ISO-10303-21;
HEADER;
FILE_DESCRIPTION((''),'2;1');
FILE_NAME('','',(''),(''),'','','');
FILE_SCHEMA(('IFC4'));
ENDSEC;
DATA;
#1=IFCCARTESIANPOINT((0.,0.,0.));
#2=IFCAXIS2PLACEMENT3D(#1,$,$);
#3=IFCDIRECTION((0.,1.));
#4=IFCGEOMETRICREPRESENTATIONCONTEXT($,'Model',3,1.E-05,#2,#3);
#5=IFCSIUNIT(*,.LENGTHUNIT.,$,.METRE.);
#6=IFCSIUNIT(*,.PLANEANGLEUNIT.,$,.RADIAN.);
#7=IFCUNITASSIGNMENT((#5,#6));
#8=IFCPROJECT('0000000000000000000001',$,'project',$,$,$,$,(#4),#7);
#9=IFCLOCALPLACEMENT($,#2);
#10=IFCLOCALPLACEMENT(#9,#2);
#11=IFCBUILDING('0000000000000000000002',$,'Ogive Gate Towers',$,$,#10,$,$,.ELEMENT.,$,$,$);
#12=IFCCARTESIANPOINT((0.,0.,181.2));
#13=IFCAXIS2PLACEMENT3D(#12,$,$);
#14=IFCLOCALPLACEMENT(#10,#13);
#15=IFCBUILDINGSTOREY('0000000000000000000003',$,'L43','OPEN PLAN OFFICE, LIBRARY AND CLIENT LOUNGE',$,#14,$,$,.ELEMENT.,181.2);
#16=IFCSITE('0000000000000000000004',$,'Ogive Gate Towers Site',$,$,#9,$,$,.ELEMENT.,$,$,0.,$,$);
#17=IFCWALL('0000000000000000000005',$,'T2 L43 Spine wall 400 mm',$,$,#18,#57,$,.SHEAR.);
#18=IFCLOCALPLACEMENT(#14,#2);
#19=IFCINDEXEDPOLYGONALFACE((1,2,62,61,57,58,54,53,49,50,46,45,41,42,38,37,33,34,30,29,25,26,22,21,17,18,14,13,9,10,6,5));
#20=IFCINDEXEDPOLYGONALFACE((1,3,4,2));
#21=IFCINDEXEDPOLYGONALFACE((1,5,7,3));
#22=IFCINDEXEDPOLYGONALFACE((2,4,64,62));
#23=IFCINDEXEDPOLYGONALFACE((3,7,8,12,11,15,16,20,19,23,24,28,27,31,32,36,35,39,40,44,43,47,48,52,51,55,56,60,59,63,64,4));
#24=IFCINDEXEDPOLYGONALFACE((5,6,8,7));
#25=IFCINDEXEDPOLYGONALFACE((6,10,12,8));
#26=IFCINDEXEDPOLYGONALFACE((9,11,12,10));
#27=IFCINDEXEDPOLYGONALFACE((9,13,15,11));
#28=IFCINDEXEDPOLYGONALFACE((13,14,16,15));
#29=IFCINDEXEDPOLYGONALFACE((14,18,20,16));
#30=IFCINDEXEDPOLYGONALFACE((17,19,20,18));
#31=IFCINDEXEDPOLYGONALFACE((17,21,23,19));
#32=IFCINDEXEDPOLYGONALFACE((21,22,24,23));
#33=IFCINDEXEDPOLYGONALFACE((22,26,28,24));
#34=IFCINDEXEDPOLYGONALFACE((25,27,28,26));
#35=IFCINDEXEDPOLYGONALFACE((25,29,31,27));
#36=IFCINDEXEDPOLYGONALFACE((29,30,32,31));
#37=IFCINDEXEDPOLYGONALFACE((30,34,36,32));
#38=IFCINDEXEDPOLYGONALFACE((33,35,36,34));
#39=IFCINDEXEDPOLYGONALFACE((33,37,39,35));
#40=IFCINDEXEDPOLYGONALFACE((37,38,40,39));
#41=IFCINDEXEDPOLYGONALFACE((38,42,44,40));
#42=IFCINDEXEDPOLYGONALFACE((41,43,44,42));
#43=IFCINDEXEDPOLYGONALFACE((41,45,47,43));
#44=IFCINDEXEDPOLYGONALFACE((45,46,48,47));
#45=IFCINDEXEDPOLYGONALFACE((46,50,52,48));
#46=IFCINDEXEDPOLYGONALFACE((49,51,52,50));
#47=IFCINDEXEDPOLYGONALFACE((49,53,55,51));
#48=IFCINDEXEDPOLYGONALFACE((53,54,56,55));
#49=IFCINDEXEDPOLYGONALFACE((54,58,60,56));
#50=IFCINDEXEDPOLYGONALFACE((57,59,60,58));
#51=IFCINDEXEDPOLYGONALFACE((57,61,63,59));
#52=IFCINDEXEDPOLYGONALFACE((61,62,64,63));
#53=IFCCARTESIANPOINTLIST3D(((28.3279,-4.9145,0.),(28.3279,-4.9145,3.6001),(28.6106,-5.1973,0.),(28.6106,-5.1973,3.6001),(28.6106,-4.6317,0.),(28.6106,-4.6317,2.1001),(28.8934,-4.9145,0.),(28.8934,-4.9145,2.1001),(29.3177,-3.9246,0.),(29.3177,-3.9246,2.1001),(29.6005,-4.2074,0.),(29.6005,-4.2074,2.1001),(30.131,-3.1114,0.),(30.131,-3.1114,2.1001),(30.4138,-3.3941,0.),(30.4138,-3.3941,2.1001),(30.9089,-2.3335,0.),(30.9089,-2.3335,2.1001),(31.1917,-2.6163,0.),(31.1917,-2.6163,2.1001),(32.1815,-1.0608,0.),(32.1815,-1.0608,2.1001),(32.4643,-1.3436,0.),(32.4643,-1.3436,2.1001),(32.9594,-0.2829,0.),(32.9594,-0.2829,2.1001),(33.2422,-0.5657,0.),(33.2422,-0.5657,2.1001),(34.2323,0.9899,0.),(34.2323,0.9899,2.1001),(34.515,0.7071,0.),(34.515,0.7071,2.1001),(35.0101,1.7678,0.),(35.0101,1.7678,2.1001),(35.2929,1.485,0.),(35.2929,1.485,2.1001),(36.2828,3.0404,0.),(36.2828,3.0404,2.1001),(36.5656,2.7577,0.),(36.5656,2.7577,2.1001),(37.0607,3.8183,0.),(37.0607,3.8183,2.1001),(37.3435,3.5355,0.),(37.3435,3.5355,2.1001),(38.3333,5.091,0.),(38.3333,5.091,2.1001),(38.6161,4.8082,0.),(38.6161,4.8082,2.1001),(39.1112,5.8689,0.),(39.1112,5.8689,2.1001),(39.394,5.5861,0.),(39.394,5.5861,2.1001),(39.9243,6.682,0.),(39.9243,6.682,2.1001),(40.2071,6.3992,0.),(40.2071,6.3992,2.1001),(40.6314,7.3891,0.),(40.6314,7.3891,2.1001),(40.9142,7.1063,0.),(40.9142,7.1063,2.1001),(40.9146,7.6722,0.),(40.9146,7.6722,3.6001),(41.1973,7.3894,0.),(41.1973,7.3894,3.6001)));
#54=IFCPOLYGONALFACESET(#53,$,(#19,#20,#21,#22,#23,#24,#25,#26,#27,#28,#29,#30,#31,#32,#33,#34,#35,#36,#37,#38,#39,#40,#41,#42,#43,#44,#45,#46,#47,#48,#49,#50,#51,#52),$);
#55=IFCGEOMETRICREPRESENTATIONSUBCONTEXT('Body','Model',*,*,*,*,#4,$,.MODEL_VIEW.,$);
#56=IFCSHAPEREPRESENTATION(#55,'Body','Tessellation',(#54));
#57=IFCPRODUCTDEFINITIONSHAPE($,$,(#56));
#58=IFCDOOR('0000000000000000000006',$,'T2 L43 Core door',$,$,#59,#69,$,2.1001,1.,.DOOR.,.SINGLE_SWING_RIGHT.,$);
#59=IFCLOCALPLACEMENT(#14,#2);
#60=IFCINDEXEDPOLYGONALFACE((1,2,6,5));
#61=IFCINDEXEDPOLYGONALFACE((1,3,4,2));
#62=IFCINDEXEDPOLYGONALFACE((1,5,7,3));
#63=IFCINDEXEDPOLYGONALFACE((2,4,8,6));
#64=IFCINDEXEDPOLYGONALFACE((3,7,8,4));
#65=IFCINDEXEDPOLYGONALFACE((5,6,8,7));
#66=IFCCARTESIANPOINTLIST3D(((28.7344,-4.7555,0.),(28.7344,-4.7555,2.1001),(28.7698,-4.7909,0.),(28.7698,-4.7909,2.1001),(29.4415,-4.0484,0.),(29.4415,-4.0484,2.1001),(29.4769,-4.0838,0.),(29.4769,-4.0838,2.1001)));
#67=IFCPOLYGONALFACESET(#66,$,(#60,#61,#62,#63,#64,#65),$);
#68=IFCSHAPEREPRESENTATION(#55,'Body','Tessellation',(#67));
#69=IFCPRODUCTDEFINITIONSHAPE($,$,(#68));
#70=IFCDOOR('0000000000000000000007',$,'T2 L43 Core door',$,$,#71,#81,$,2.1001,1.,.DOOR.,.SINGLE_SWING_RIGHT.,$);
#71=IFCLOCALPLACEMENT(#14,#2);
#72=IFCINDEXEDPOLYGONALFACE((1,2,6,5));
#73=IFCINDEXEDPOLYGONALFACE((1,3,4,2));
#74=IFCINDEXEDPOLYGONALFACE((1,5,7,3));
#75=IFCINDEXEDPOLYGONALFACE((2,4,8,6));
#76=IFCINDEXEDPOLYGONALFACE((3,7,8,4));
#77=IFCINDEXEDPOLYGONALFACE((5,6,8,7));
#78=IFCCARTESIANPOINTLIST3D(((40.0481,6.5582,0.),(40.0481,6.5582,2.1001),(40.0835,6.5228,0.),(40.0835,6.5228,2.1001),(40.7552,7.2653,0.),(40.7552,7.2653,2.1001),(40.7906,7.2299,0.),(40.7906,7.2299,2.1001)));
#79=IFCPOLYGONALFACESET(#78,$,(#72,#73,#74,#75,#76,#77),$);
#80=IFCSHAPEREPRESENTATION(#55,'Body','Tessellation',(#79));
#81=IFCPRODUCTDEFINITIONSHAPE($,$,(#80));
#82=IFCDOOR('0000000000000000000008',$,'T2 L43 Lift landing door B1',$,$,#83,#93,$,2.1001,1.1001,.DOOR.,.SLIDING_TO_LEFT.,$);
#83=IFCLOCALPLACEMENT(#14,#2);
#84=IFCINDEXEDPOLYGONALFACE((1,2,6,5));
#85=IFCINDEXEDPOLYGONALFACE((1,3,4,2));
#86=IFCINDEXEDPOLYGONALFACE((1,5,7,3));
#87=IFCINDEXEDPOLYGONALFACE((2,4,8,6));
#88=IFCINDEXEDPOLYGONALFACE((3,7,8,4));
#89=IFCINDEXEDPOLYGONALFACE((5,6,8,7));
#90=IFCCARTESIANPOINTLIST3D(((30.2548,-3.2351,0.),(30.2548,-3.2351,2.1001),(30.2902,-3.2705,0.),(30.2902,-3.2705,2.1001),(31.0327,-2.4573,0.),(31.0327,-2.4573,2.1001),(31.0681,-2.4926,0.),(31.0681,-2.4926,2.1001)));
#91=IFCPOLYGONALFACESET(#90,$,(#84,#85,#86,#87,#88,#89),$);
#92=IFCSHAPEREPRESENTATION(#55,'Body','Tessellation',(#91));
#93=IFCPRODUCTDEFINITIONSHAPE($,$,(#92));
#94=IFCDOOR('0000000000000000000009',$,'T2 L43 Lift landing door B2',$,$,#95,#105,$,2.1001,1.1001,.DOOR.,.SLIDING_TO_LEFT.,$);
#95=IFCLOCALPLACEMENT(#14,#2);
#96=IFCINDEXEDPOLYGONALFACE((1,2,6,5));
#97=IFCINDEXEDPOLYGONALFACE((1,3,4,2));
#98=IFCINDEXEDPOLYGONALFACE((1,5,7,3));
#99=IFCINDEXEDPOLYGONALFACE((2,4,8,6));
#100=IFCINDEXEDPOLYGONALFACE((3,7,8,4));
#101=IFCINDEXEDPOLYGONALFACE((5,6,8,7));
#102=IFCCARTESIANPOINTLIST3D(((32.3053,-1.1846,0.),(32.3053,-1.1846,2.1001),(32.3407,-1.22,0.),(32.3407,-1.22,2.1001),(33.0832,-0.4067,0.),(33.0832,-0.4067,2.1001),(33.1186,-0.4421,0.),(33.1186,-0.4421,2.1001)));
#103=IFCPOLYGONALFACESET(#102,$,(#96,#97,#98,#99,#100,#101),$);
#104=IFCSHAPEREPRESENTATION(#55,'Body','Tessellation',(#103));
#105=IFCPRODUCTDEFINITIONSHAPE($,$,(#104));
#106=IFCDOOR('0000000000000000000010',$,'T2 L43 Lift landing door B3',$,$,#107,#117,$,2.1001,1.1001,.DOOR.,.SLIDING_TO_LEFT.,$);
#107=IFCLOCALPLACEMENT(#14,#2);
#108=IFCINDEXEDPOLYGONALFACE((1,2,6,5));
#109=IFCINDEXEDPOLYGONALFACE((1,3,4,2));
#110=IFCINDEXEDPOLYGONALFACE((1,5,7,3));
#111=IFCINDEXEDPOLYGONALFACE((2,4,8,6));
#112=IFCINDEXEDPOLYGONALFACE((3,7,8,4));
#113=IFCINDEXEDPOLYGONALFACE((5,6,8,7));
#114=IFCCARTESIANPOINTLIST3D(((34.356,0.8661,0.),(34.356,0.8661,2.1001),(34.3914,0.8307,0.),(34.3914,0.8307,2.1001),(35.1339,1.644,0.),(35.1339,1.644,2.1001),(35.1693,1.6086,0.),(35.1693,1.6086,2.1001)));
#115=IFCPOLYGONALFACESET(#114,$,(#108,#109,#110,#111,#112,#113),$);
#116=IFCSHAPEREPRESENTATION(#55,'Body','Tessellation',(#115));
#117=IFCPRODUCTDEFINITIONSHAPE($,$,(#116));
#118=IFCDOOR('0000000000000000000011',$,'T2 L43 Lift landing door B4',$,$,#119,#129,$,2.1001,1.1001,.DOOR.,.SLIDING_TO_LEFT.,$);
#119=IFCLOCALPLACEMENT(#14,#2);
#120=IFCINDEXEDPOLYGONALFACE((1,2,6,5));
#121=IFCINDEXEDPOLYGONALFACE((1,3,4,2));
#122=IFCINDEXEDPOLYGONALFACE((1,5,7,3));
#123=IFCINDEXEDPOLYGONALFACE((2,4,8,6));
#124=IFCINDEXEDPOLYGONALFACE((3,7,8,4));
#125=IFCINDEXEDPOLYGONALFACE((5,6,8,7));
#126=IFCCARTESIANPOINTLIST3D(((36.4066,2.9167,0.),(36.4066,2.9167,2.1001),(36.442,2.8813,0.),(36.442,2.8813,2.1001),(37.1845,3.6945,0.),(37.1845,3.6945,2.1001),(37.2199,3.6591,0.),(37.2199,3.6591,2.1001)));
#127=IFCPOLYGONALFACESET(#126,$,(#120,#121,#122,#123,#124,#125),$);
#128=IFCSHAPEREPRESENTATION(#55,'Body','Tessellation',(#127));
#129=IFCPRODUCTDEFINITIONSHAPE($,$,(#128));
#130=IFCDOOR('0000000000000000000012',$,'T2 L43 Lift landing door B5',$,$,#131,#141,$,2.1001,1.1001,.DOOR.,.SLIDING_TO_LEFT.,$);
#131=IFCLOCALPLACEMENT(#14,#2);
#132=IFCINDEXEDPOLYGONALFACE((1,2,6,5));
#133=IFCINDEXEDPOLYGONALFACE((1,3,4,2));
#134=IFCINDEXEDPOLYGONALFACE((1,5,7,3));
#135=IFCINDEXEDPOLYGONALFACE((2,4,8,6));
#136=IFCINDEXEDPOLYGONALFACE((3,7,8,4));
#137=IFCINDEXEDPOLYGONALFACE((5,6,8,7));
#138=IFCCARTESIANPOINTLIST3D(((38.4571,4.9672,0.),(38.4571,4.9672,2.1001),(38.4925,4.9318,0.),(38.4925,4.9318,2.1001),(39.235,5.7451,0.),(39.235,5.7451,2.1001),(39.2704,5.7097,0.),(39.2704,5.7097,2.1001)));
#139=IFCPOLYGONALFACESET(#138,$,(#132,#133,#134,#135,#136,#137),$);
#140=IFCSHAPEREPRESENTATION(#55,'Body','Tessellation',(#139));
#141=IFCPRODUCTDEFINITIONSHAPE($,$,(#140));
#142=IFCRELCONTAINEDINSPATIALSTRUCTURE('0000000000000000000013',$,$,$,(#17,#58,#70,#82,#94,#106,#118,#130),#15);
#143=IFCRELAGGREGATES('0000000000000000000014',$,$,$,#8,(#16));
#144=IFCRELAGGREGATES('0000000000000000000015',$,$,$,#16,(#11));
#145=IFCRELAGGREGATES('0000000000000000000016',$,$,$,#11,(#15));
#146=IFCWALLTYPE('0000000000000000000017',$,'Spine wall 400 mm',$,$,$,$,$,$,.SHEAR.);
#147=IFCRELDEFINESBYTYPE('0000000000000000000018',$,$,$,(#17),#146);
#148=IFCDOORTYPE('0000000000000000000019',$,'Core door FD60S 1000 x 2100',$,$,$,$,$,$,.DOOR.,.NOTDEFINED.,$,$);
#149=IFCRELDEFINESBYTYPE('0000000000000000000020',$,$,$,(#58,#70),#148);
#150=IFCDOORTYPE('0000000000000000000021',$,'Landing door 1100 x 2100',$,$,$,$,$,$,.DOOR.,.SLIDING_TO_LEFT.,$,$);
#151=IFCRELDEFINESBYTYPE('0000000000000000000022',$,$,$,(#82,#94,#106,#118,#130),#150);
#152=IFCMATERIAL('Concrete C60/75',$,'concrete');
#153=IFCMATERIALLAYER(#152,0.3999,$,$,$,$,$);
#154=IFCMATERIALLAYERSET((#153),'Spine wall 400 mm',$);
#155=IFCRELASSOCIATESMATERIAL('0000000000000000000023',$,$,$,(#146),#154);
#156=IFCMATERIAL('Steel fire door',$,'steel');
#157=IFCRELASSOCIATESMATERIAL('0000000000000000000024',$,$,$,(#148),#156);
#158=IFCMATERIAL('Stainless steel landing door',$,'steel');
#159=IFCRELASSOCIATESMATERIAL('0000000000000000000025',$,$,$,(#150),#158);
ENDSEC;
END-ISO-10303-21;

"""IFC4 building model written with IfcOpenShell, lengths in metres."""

from ifc_helpers import new_model, si_unit, direction, frame, frame_2d, origin, place, context, subcontext, project, spatial, rectangle, extrude, material, layer, layer_set, type_object, element, fill, save


model = new_model("IFC4")

# Units and contexts
model_context = context("Model", 3, precision=1e-05, world=origin(), true_north=direction((0.0, 1.0)))
body_context = subcontext(model_context, "Body", "Model", "MODEL_VIEW")
ifc_project = project(units=[si_unit("LENGTHUNIT", "METRE"), si_unit("PLANEANGLEUNIT", "RADIAN")], contexts=[model_context])

# Site, building, storey
site_placement = place(None, origin())
site = spatial("IfcSite", under=ifc_project, at=site_placement, Name="Ogive Gate Towers Site", CompositionType="ELEMENT", RefElevation=0.0)
building_placement = place(site_placement, origin())
building = spatial("IfcBuilding", under=site, at=building_placement, Name="Ogive Gate Towers", CompositionType="ELEMENT")
storey_placement = place(building_placement, frame((0.0, 0.0, 181.2)))
storey = spatial("IfcBuildingStorey", under=building, at=storey_placement, Name="L43", Description="OPEN PLAN OFFICE, LIBRARY AND CLIENT LOUNGE", CompositionType="ELEMENT", Elevation=181.2)

# Shared definitions
ifc_material_1 = material(Name="Concrete C60/75", Category="concrete")

# Wall, openings, doors
ifc_layer_1 = layer(ifc_material_1, 0.3999)
ifc_layer_set_1 = layer_set([ifc_layer_1], Name="Spine wall 400 mm")
wall_type_1 = type_object("IfcWallType", Name="Spine wall 400 mm", PredefinedType="SHEAR", material=ifc_layer_set_1)
ifc_material_2 = material(Name="Steel fire door", Category="steel")
door_type_1 = type_object("IfcDoorType", Name="Core door FD60S 1000 x 2100", OperationType="NOTDEFINED", PredefinedType="DOOR", material=ifc_material_2)
ifc_material_3 = material(Name="Stainless steel landing door", Category="steel")
door_type_2 = type_object("IfcDoorType", Name="Landing door 1100 x 2100", OperationType="SLIDING_TO_LEFT", PredefinedType="DOOR", material=ifc_material_3)
wall_1_placement = place(storey_placement, frame((28.4692, -5.0559, 0.0), z_axis=(0.0, 0.0, 1.0), x_axis=(0.707107, 0.707107, 0.0)))
wall_1 = element("IfcWall", 1, at=wall_1_placement, inside=storey, type_object=wall_type_1, Name="T2 L43 Spine wall 400 mm", PredefinedType="SHEAR", context=body_context, shape_type="SweptSolid", body=[
    extrude(rectangle(XDim=17.8003, YDim=0.3999, at=frame_2d((8.9001, 0.0))), origin(), (0.0, 0.0, 1.0), 3.6001),
])
opening_1_placement = place(wall_1_placement, frame((0.3999, 0.0, 0.0)))
opening_1 = element("IfcOpeningElement", 2, at=opening_1_placement, cuts=wall_1, PredefinedType="OPENING", context=body_context, shape_type="SweptSolid", body=[
    extrude(rectangle(XDim=1.0, YDim=2.1001, at=frame_2d((0.5, 1.05))), frame((0.0, 0.21, 0.0), z_axis=(0.0, -1.0, 0.0), x_axis=(1.0, 0.0, 0.0)), (0.0, 0.0, 1.0), 0.4199),
])
opening_2_placement = place(wall_1_placement, frame((2.55, 0.0, 0.0)))
opening_2 = element("IfcOpeningElement", 3, at=opening_2_placement, cuts=wall_1, PredefinedType="OPENING", context=body_context, shape_type="SweptSolid", body=[
    extrude(rectangle(XDim=1.1001, YDim=2.1001, at=frame_2d((0.55, 1.05))), frame((0.0, 0.21, 0.0), z_axis=(0.0, -1.0, 0.0), x_axis=(1.0, 0.0, 0.0)), (0.0, 0.0, 1.0), 0.4199),
])
opening_3_placement = place(wall_1_placement, frame((5.45, 0.0, 0.0)))
opening_3 = element("IfcOpeningElement", 4, at=opening_3_placement, cuts=wall_1, PredefinedType="OPENING", context=body_context, shape_type="SweptSolid", body=[
    extrude(rectangle(XDim=1.1001, YDim=2.1001, at=frame_2d((0.55, 1.05))), frame((0.0, 0.21, 0.0), z_axis=(0.0, -1.0, 0.0), x_axis=(1.0, 0.0, 0.0)), (0.0, 0.0, 1.0), 0.4199),
])
opening_4_placement = place(wall_1_placement, frame((8.3501, 0.0, 0.0)))
opening_4 = element("IfcOpeningElement", 5, at=opening_4_placement, cuts=wall_1, PredefinedType="OPENING", context=body_context, shape_type="SweptSolid", body=[
    extrude(rectangle(XDim=1.1001, YDim=2.1001, at=frame_2d((0.55, 1.05))), frame((0.0, 0.21, 0.0), z_axis=(0.0, -1.0, 0.0), x_axis=(1.0, 0.0, 0.0)), (0.0, 0.0, 1.0), 0.4199),
])
opening_5_placement = place(wall_1_placement, frame((11.25, 0.0, 0.0)))
opening_5 = element("IfcOpeningElement", 6, at=opening_5_placement, cuts=wall_1, PredefinedType="OPENING", context=body_context, shape_type="SweptSolid", body=[
    extrude(rectangle(XDim=1.1001, YDim=2.1001, at=frame_2d((0.55, 1.05))), frame((0.0, 0.21, 0.0), z_axis=(0.0, -1.0, 0.0), x_axis=(1.0, 0.0, 0.0)), (0.0, 0.0, 1.0), 0.4199),
])
opening_6_placement = place(wall_1_placement, frame((14.1499, 0.0, 0.0)))
opening_6 = element("IfcOpeningElement", 7, at=opening_6_placement, cuts=wall_1, PredefinedType="OPENING", context=body_context, shape_type="SweptSolid", body=[
    extrude(rectangle(XDim=1.1001, YDim=2.1001, at=frame_2d((0.55, 1.05))), frame((0.0, 0.21, 0.0), z_axis=(0.0, -1.0, 0.0), x_axis=(1.0, 0.0, 0.0)), (0.0, 0.0, 1.0), 0.4199),
])
opening_7_placement = place(wall_1_placement, frame((16.3999, 0.0, 0.0)))
opening_7 = element("IfcOpeningElement", 8, at=opening_7_placement, cuts=wall_1, PredefinedType="OPENING", context=body_context, shape_type="SweptSolid", body=[
    extrude(rectangle(XDim=1.0, YDim=2.1001, at=frame_2d((0.5, 1.05))), frame((0.0, 0.21, 0.0), z_axis=(0.0, -1.0, 0.0), x_axis=(1.0, 0.0, 0.0)), (0.0, 0.0, 1.0), 0.4199),
])
door_1_placement = place(opening_1_placement, origin())
door_1 = element("IfcDoor", 9, at=door_1_placement, inside=storey, type_object=door_type_1, Name="T2 L43 Core door", OperationType="SINGLE_SWING_RIGHT", OverallHeight=2.1001, OverallWidth=1.0, PredefinedType="DOOR", context=body_context, shape_type="SweptSolid", body=[
    extrude(rectangle(XDim=1.0, YDim=2.1001, at=frame_2d((0.5, 1.05))), frame((0.0, 0.0249, 0.0), z_axis=(0.0, -1.0, 0.0), x_axis=(1.0, 0.0, 0.0)), (0.0, 0.0, 1.0), 0.05),
])
fill(opening_1, door_1)
door_2_placement = place(opening_7_placement, origin())
door_2 = element("IfcDoor", 10, at=door_2_placement, inside=storey, type_object=door_type_1, Name="T2 L43 Core door", OperationType="SINGLE_SWING_RIGHT", OverallHeight=2.1001, OverallWidth=1.0, PredefinedType="DOOR", context=body_context, shape_type="SweptSolid", body=[
    extrude(rectangle(XDim=1.0, YDim=2.1001, at=frame_2d((0.5, 1.05))), frame((0.0, 0.0249, 0.0), z_axis=(0.0, -1.0, 0.0), x_axis=(1.0, 0.0, 0.0)), (0.0, 0.0, 1.0), 0.05),
])
fill(opening_7, door_2)
door_3_placement = place(opening_2_placement, origin())
door_3 = element("IfcDoor", 11, at=door_3_placement, inside=storey, type_object=door_type_2, Name="T2 L43 Lift landing door B1", OperationType="SLIDING_TO_LEFT", OverallHeight=2.1001, OverallWidth=1.1001, PredefinedType="DOOR", context=body_context, shape_type="SweptSolid", body=[
    extrude(rectangle(XDim=1.1001, YDim=2.1001, at=frame_2d((0.55, 1.05))), frame((0.0, 0.0249, 0.0), z_axis=(0.0, -1.0, 0.0), x_axis=(1.0, 0.0, 0.0)), (0.0, 0.0, 1.0), 0.05),
])
fill(opening_2, door_3)
door_4_placement = place(opening_3_placement, origin())
door_4 = element("IfcDoor", 12, at=door_4_placement, inside=storey, type_object=door_type_2, Name="T2 L43 Lift landing door B2", OperationType="SLIDING_TO_LEFT", OverallHeight=2.1001, OverallWidth=1.1001, PredefinedType="DOOR", context=body_context, shape_type="SweptSolid", body=[
    extrude(rectangle(XDim=1.1001, YDim=2.1001, at=frame_2d((0.55, 1.05))), frame((0.0, 0.0249, 0.0), z_axis=(0.0, -1.0, 0.0), x_axis=(1.0, 0.0, 0.0)), (0.0, 0.0, 1.0), 0.05),
])
fill(opening_3, door_4)
door_5_placement = place(opening_4_placement, origin())
door_5 = element("IfcDoor", 13, at=door_5_placement, inside=storey, type_object=door_type_2, Name="T2 L43 Lift landing door B3", OperationType="SLIDING_TO_LEFT", OverallHeight=2.1001, OverallWidth=1.1001, PredefinedType="DOOR", context=body_context, shape_type="SweptSolid", body=[
    extrude(rectangle(XDim=1.1001, YDim=2.1001, at=frame_2d((0.55, 1.05))), frame((0.0, 0.0249, 0.0), z_axis=(0.0, -1.0, 0.0), x_axis=(1.0, 0.0, 0.0)), (0.0, 0.0, 1.0), 0.05),
])
fill(opening_4, door_5)
door_6_placement = place(opening_5_placement, origin())
door_6 = element("IfcDoor", 14, at=door_6_placement, inside=storey, type_object=door_type_2, Name="T2 L43 Lift landing door B4", OperationType="SLIDING_TO_LEFT", OverallHeight=2.1001, OverallWidth=1.1001, PredefinedType="DOOR", context=body_context, shape_type="SweptSolid", body=[
    extrude(rectangle(XDim=1.1001, YDim=2.1001, at=frame_2d((0.55, 1.05))), frame((0.0, 0.0249, 0.0), z_axis=(0.0, -1.0, 0.0), x_axis=(1.0, 0.0, 0.0)), (0.0, 0.0, 1.0), 0.05),
])
fill(opening_5, door_6)
door_7_placement = place(opening_6_placement, origin())
door_7 = element("IfcDoor", 15, at=door_7_placement, inside=storey, type_object=door_type_2, Name="T2 L43 Lift landing door B5", OperationType="SLIDING_TO_LEFT", OverallHeight=2.1001, OverallWidth=1.1001, PredefinedType="DOOR", context=body_context, shape_type="SweptSolid", body=[
    extrude(rectangle(XDim=1.1001, YDim=2.1001, at=frame_2d((0.55, 1.05))), frame((0.0, 0.0249, 0.0), z_axis=(0.0, -1.0, 0.0), x_axis=(1.0, 0.0, 0.0)), (0.0, 0.0, 1.0), 0.05),
])
fill(opening_6, door_7)

save(model, "model.ifc")
